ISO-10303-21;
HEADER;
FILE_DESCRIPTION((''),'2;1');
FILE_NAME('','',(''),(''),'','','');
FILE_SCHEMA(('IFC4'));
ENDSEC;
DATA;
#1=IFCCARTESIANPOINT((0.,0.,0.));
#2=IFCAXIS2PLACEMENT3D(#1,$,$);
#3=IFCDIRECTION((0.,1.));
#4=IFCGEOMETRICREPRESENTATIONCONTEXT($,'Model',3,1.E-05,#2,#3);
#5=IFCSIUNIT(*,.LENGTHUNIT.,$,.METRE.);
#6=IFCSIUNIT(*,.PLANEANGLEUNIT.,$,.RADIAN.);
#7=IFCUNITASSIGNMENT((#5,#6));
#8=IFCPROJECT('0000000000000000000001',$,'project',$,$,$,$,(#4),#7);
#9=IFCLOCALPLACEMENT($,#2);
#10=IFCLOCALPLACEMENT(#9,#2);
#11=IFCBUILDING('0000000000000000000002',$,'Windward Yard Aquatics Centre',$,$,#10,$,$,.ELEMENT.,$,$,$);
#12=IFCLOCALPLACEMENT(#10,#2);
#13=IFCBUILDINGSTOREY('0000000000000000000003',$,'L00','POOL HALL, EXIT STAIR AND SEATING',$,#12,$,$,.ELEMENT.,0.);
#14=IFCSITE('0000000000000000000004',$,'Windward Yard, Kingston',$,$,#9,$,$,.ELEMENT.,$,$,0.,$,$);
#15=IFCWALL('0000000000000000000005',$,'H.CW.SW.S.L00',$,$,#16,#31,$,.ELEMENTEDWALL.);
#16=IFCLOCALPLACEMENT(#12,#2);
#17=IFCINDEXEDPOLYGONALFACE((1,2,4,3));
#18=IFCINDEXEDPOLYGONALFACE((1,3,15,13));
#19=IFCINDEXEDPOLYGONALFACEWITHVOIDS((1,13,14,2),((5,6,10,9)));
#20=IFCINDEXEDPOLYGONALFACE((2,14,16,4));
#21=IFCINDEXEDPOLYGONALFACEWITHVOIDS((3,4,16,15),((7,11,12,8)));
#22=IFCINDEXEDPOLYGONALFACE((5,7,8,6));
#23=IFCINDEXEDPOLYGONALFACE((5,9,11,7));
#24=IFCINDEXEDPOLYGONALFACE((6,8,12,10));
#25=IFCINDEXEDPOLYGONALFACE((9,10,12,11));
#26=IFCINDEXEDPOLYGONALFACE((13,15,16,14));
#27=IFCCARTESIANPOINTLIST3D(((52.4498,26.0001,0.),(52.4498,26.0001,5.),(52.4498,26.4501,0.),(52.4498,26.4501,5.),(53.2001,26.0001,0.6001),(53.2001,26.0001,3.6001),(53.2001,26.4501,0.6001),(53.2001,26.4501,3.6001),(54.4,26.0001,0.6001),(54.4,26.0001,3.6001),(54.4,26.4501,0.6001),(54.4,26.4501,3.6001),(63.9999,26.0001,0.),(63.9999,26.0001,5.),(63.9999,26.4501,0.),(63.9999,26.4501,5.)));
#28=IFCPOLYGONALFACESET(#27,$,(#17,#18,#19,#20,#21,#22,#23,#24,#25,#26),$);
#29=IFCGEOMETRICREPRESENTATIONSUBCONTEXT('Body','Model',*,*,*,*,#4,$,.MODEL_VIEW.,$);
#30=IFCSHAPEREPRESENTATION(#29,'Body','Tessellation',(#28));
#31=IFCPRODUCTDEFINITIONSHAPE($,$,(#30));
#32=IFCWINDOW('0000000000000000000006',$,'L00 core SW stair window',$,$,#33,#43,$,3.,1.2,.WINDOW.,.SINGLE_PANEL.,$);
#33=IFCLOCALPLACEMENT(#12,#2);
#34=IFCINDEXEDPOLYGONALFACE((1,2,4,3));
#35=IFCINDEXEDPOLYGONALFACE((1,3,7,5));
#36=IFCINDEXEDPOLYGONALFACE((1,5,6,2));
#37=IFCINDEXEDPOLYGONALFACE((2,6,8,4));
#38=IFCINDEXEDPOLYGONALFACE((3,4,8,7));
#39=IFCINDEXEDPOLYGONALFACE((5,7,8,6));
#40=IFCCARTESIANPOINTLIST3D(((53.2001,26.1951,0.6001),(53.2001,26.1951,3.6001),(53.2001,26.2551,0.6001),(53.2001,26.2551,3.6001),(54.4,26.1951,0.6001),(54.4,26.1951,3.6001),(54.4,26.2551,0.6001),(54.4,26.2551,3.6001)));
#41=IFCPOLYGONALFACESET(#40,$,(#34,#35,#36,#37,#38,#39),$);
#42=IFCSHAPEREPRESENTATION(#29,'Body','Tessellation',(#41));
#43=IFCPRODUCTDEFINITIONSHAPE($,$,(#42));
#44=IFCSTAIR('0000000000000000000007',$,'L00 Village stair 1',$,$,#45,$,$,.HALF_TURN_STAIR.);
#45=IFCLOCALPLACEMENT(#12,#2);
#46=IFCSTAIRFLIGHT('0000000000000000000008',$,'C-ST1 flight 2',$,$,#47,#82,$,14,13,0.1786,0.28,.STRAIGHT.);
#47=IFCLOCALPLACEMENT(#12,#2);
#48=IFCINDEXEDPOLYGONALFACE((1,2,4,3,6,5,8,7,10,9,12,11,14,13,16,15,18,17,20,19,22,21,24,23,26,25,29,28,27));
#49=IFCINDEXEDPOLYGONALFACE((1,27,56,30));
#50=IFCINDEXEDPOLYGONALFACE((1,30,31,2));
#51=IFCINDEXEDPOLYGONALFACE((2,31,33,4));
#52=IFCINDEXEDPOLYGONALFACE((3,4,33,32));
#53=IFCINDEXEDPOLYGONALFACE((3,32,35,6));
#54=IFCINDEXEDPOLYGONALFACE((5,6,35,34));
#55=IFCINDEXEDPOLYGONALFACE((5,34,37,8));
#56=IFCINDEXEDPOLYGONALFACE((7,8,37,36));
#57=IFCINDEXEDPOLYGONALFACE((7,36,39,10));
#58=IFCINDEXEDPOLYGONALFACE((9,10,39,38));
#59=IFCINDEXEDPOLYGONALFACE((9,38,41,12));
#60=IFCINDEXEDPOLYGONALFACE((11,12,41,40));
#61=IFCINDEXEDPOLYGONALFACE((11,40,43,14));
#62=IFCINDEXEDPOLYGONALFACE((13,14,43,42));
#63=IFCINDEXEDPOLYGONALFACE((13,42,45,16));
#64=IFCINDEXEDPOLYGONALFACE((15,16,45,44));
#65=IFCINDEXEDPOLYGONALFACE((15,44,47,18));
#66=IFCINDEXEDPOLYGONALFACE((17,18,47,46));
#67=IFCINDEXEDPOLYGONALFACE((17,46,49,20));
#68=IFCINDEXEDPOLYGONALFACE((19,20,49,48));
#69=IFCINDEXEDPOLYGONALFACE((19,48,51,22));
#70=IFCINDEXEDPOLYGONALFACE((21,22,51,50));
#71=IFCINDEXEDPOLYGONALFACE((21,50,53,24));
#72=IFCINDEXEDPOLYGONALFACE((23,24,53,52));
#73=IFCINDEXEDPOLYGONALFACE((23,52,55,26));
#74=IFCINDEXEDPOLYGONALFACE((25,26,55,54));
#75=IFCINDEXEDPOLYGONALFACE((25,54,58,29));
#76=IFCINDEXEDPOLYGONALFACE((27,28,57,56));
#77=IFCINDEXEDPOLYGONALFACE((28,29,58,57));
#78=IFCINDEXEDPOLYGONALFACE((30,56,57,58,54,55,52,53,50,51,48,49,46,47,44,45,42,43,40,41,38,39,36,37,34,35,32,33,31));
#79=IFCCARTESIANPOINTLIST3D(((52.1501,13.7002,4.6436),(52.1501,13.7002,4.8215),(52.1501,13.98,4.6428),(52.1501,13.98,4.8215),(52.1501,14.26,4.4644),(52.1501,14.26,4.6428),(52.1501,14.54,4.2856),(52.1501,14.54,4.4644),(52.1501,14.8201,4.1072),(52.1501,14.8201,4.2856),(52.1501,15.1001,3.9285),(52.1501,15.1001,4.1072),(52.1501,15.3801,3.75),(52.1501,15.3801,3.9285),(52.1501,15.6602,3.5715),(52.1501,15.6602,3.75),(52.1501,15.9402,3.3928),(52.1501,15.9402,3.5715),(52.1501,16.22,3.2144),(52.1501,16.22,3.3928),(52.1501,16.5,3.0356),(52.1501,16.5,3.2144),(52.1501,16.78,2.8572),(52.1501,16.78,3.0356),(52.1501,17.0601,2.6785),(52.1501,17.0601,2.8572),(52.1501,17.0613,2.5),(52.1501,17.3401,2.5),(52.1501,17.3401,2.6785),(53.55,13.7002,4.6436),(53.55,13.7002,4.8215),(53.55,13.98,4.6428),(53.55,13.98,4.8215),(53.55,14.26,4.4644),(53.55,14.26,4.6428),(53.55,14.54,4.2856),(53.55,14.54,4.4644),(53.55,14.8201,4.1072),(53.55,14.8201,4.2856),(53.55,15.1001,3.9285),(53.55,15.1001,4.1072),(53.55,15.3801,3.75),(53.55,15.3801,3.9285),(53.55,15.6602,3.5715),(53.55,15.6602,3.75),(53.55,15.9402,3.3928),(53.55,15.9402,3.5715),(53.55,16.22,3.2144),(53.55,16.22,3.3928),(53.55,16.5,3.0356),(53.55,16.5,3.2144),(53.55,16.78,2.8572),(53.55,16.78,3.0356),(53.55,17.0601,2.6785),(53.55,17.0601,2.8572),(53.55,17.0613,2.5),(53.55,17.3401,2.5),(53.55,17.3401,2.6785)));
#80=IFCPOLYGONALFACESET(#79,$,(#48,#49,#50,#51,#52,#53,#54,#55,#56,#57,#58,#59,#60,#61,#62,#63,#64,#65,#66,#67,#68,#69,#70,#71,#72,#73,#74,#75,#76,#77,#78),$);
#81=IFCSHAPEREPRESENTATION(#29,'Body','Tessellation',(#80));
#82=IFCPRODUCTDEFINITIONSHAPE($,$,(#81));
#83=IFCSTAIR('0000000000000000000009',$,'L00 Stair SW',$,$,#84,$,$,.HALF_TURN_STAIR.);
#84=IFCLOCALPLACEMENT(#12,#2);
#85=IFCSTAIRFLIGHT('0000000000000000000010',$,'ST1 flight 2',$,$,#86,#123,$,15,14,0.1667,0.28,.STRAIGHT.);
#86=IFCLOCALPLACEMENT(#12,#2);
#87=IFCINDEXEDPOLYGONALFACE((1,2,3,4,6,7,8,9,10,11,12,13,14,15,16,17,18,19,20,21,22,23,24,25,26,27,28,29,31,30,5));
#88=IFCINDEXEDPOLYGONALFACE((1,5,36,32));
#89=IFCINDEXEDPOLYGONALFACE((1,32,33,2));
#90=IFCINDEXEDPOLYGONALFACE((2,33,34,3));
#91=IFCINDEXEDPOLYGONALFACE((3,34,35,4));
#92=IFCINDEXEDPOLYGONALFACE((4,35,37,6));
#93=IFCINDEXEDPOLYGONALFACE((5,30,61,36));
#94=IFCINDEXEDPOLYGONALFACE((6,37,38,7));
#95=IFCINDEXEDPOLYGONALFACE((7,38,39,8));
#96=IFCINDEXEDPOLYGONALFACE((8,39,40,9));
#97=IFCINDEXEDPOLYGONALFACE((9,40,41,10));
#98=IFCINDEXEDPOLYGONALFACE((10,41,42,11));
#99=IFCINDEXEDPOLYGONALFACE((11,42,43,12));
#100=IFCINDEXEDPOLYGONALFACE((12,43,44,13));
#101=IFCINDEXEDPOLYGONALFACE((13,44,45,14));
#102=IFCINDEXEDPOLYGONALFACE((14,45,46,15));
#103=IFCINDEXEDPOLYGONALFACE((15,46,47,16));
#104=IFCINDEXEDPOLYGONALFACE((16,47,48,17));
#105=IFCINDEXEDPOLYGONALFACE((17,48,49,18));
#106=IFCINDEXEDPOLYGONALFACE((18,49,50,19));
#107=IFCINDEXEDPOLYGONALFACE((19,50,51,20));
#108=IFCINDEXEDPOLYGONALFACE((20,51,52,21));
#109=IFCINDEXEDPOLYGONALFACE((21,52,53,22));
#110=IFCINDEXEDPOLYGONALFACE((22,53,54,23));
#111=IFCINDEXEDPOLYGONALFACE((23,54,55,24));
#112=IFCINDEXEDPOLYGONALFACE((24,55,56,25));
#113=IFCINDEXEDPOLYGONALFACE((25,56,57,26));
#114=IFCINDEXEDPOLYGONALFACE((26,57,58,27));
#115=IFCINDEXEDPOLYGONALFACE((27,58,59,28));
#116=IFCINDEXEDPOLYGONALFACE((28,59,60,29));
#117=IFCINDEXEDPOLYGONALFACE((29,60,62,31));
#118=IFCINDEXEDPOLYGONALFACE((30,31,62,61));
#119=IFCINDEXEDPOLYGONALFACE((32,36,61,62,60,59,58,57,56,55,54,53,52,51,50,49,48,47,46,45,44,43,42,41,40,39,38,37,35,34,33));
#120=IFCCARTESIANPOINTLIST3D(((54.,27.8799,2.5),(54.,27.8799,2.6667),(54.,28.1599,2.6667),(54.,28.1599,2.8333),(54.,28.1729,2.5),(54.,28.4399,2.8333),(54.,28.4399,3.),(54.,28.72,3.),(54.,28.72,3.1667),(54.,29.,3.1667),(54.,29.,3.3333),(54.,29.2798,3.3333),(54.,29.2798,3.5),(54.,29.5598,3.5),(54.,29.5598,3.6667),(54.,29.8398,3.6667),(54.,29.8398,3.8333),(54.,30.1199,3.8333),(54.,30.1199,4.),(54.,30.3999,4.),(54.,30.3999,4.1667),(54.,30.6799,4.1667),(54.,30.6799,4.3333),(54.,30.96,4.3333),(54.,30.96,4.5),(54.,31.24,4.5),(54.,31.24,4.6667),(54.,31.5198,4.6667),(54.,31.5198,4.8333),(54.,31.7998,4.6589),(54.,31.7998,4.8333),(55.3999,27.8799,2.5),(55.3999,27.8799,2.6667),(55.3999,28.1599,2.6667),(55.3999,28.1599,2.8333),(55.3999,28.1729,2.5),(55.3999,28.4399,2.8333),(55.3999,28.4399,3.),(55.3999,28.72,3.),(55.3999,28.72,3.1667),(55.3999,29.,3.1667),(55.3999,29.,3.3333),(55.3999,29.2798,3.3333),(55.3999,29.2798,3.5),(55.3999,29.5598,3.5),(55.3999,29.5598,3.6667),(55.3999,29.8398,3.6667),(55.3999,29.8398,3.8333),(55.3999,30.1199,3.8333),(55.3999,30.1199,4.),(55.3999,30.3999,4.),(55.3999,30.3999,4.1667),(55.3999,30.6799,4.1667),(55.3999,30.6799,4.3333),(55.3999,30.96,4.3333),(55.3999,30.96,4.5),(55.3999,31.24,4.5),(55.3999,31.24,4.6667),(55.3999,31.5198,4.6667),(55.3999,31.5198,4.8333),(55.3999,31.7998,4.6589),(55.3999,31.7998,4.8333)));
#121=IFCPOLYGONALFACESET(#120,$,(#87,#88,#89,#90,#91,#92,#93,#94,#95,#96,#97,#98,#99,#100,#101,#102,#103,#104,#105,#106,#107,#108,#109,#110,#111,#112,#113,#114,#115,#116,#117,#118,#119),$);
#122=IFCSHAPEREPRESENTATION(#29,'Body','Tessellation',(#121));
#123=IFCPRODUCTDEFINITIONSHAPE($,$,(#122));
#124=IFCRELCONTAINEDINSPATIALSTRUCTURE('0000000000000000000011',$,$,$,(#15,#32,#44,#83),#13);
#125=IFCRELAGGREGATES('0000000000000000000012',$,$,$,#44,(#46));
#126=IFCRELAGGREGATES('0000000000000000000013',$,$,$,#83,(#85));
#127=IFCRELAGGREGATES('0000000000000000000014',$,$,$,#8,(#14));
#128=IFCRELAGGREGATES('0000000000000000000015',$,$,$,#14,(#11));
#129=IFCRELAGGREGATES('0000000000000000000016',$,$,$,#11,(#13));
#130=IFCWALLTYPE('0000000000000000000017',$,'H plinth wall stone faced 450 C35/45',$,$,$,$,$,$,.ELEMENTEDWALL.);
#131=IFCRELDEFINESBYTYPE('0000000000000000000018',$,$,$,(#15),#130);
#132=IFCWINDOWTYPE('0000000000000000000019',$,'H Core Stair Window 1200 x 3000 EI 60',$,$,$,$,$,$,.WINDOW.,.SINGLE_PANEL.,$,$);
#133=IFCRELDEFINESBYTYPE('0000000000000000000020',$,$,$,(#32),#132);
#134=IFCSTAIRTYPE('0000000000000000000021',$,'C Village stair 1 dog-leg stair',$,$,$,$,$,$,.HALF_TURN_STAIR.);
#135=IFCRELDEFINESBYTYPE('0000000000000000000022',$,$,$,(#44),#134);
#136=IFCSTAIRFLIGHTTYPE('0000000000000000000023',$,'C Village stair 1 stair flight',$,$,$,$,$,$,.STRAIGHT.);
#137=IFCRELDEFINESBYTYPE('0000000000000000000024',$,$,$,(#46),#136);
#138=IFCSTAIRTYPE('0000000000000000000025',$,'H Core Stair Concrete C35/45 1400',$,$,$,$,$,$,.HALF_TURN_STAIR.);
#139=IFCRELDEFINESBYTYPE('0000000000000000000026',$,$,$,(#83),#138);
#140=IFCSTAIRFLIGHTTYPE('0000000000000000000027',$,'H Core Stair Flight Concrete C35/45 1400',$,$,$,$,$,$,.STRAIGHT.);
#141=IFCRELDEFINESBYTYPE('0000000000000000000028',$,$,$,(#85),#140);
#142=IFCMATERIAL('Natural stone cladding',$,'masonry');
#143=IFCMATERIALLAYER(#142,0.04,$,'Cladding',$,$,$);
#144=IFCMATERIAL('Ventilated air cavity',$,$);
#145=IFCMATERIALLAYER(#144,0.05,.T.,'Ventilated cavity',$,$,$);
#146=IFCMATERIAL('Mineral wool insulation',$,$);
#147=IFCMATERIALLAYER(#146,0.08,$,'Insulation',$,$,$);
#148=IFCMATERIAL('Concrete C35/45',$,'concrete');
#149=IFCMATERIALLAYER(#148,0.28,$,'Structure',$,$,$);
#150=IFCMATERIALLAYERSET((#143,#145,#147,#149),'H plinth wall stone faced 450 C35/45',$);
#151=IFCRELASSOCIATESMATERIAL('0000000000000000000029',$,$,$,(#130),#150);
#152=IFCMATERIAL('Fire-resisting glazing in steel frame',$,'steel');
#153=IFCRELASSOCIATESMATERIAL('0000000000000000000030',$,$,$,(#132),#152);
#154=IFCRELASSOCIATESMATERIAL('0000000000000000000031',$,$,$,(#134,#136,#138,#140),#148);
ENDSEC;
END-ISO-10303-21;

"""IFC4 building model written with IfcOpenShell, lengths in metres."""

from ifc_helpers import new_model, si_unit, direction, frame, frame_2d, origin, place, context, subcontext, project, spatial, polyline, rectangle, outline, extrude, material, layer, layer_set, type_object, element, fill, aggregate, save


model = new_model("IFC4")

# Units and contexts
model_context = context("Model", 3, precision=1e-05, world=origin(), true_north=direction((0.0, 1.0)))
body_context = subcontext(model_context, "Body", "Model", "MODEL_VIEW")
ifc_project = project(units=[si_unit("LENGTHUNIT", "METRE"), si_unit("PLANEANGLEUNIT", "RADIAN")], contexts=[model_context])

# Site, building, storey
site_placement = place(None, origin())
site = spatial("IfcSite", under=ifc_project, at=site_placement, Name="Windward Yard, Kingston", CompositionType="ELEMENT", RefElevation=0.0)
building_placement = place(site_placement, origin())
building = spatial("IfcBuilding", under=site, at=building_placement, Name="Windward Yard Aquatics Centre", CompositionType="ELEMENT")
storey_placement = place(building_placement, origin())
storey = spatial("IfcBuildingStorey", under=building, at=storey_placement, Name="L00", Description="POOL HALL, EXIT STAIR AND SEATING", CompositionType="ELEMENT", Elevation=0.0)

# Shared definitions
ifc_material_1 = material(Name="Concrete C35/45", Category="concrete")

# Wall, opening, window
ifc_material_2 = material(Name="Natural stone cladding", Category="masonry")
ifc_layer_1 = layer(ifc_material_2, 0.04, Name="Cladding")
ifc_material_3 = material(Name="Ventilated air cavity")
ifc_layer_2 = layer(ifc_material_3, 0.05, ventilated=True, Name="Ventilated cavity")
ifc_material_4 = material(Name="Mineral wool insulation")
ifc_layer_3 = layer(ifc_material_4, 0.08, Name="Insulation")
ifc_layer_4 = layer(ifc_material_1, 0.28, Name="Structure")
ifc_layer_set_1 = layer_set([ifc_layer_1, ifc_layer_2, ifc_layer_3, ifc_layer_4], Name="H plinth wall stone faced 450 C35/45")
wall_type_1 = type_object("IfcWallType", Name="H plinth wall stone faced 450 C35/45", PredefinedType="ELEMENTEDWALL", material=ifc_layer_set_1)
wall_1_placement = place(storey_placement, frame((52.45, 26.2251, 0.0), z_axis=(0.0, 0.0, 1.0), x_axis=(1.0, 0.0, 0.0)))
wall_1 = element("IfcWall", 1, at=wall_1_placement, inside=storey, type_object=wall_type_1, Name="H.CW.SW.S.L00", PredefinedType="ELEMENTEDWALL", context=body_context, shape_type="SweptSolid", body=[
    extrude(rectangle(XDim=11.55, YDim=0.45, at=frame_2d((5.7749, 0.0))), origin(), (0.0, 0.0, 1.0), 5.0),
])
opening_placement = place(wall_1_placement, frame((0.75, 0.0, 0.6001)))
opening = element("IfcOpeningElement", 2, at=opening_placement, cuts=wall_1, PredefinedType="OPENING", context=body_context, shape_type="SweptSolid", body=[
    extrude(rectangle(XDim=1.2, YDim=3.0, at=frame_2d((0.6001, 1.5))), frame((0.0, 0.2349, 0.0), z_axis=(0.0, -1.0, 0.0), x_axis=(1.0, 0.0, 0.0)), (0.0, 0.0, 1.0), 0.47),
])
ifc_material_5 = material(Name="Fire-resisting glazing in steel frame", Category="steel")
window_type = type_object("IfcWindowType", Name="H Core Stair Window 1200 x 3000 EI 60", PartitioningType="SINGLE_PANEL", PredefinedType="WINDOW", material=ifc_material_5)
window_placement = place(opening_placement, origin())
window = element("IfcWindow", 3, at=window_placement, inside=storey, type_object=window_type, Name="L00 core SW stair window", OverallHeight=3.0, OverallWidth=1.2, PartitioningType="SINGLE_PANEL", PredefinedType="WINDOW", context=body_context, shape_type="SweptSolid", body=[
    extrude(rectangle(XDim=1.2, YDim=3.0, at=frame_2d((0.6001, 1.5))), frame((0.0, 0.03, 0.0), z_axis=(0.0, -1.0, 0.0), x_axis=(1.0, 0.0, 0.0)), (0.0, 0.0, 1.0), 0.0601),
])
fill(opening, window)

# Stairs, stair flights
stair_type_1 = type_object("IfcStairType", Name="C Village stair 1 dog-leg stair", PredefinedType="HALF_TURN_STAIR", material=ifc_material_1)
stair_1_placement = place(storey_placement, origin())
stair_1 = element("IfcStair", 4, at=stair_1_placement, inside=storey, type_object=stair_type_1, Name="L00 Village stair 1", PredefinedType="HALF_TURN_STAIR")
stair_flight_type_1 = type_object("IfcStairFlightType", Name="C Village stair 1 stair flight", PredefinedType="STRAIGHT", material=ifc_material_1)
stair_flight_1_placement = place(storey_placement, frame((52.8501, 17.3401, 2.5), z_axis=(0.0, 0.0, 1.0), x_axis=(0.0, -1.0, 0.0)))
stair_flight_1 = element("IfcStairFlight", 5, at=stair_flight_1_placement, type_object=stair_flight_type_1, Name="C-ST1 flight 2", NumberOfRisers=14, NumberOfTreads=13, PredefinedType="STRAIGHT", RiserHeight=0.1786, TreadLength=0.28, context=body_context, shape_type="SweptSolid", body=[
    extrude(outline(polyline([(0.0, 0.0), (0.0, 0.1785), (0.28, 0.1785), (0.28, 0.3572), (0.5601, 0.3572), (0.5601, 0.5356), (0.8401, 0.5356), (0.8401, 0.7144), (1.1201, 0.7144), (1.1201, 0.8928), (1.3999, 0.8928), (1.3999, 1.0715), (1.6799, 1.0715), (1.6799, 1.25), (1.96, 1.25), (1.96, 1.4285), (2.24, 1.4285), (2.24, 1.6072), (2.52, 1.6072), (2.52, 1.7856), (2.8, 1.7856), (2.8, 1.9644), (3.0801, 1.9644), (3.0801, 2.1428), (3.3601, 2.1428), (3.3601, 2.3215), (3.6399, 2.3215), (3.6399, 2.5), (3.6399, 2.1436), (0.2788, 0.0), (0.0, 0.0)])), frame((0.0, 0.7, 0.0), z_axis=(0.0, -1.0, 0.0), x_axis=(1.0, 0.0, 0.0)), (0.0, 0.0, 1.0), 1.3999),
])
aggregate(stair_1, [stair_flight_1])
stair_type_2 = type_object("IfcStairType", Name="H Core Stair Concrete C35/45 1400", PredefinedType="HALF_TURN_STAIR", material=ifc_material_1)
stair_2_placement = place(storey_placement, origin())
stair_2 = element("IfcStair", 6, at=stair_2_placement, inside=storey, type_object=stair_type_2, Name="L00 Stair SW", PredefinedType="HALF_TURN_STAIR")
stair_flight_type_2 = type_object("IfcStairFlightType", Name="H Core Stair Flight Concrete C35/45 1400", PredefinedType="STRAIGHT", material=ifc_material_1)
stair_flight_2_placement = place(storey_placement, frame((54.7, 27.8799, 2.5), z_axis=(0.0, 0.0, 1.0), x_axis=(0.0, 1.0, 0.0)))
stair_flight_2 = element("IfcStairFlight", 7, at=stair_flight_2_placement, type_object=stair_flight_type_2, Name="ST1 flight 2", NumberOfRisers=15, NumberOfTreads=14, PredefinedType="STRAIGHT", RiserHeight=0.1667, TreadLength=0.28, context=body_context, shape_type="SweptSolid", body=[
    extrude(outline(polyline([(0.0, 0.0), (0.0, 0.1667), (0.28, 0.1667), (0.28, 0.3333), (0.5601, 0.3333), (0.5601, 0.5), (0.8401, 0.5), (0.8401, 0.6667), (1.1201, 0.6667), (1.1201, 0.8333), (1.3999, 0.8333), (1.3999, 1.0), (1.6799, 1.0), (1.6799, 1.1667), (1.96, 1.1667), (1.96, 1.3333), (2.24, 1.3333), (2.24, 1.5), (2.52, 1.5), (2.52, 1.6667), (2.8, 1.6667), (2.8, 1.8333), (3.0801, 1.8333), (3.0801, 2.0), (3.3601, 2.0), (3.3601, 2.1667), (3.6399, 2.1667), (3.6399, 2.3333), (3.9199, 2.3333), (3.9199, 2.5), (3.9199, 2.1589), (0.293, 0.0), (0.0, 0.0)])), frame((0.0, 0.7, 0.0), z_axis=(0.0, -1.0, 0.0), x_axis=(1.0, 0.0, 0.0)), (0.0, 0.0, 1.0), 1.3999),
])
aggregate(stair_2, [stair_flight_2])

save(model, "model.ifc")
